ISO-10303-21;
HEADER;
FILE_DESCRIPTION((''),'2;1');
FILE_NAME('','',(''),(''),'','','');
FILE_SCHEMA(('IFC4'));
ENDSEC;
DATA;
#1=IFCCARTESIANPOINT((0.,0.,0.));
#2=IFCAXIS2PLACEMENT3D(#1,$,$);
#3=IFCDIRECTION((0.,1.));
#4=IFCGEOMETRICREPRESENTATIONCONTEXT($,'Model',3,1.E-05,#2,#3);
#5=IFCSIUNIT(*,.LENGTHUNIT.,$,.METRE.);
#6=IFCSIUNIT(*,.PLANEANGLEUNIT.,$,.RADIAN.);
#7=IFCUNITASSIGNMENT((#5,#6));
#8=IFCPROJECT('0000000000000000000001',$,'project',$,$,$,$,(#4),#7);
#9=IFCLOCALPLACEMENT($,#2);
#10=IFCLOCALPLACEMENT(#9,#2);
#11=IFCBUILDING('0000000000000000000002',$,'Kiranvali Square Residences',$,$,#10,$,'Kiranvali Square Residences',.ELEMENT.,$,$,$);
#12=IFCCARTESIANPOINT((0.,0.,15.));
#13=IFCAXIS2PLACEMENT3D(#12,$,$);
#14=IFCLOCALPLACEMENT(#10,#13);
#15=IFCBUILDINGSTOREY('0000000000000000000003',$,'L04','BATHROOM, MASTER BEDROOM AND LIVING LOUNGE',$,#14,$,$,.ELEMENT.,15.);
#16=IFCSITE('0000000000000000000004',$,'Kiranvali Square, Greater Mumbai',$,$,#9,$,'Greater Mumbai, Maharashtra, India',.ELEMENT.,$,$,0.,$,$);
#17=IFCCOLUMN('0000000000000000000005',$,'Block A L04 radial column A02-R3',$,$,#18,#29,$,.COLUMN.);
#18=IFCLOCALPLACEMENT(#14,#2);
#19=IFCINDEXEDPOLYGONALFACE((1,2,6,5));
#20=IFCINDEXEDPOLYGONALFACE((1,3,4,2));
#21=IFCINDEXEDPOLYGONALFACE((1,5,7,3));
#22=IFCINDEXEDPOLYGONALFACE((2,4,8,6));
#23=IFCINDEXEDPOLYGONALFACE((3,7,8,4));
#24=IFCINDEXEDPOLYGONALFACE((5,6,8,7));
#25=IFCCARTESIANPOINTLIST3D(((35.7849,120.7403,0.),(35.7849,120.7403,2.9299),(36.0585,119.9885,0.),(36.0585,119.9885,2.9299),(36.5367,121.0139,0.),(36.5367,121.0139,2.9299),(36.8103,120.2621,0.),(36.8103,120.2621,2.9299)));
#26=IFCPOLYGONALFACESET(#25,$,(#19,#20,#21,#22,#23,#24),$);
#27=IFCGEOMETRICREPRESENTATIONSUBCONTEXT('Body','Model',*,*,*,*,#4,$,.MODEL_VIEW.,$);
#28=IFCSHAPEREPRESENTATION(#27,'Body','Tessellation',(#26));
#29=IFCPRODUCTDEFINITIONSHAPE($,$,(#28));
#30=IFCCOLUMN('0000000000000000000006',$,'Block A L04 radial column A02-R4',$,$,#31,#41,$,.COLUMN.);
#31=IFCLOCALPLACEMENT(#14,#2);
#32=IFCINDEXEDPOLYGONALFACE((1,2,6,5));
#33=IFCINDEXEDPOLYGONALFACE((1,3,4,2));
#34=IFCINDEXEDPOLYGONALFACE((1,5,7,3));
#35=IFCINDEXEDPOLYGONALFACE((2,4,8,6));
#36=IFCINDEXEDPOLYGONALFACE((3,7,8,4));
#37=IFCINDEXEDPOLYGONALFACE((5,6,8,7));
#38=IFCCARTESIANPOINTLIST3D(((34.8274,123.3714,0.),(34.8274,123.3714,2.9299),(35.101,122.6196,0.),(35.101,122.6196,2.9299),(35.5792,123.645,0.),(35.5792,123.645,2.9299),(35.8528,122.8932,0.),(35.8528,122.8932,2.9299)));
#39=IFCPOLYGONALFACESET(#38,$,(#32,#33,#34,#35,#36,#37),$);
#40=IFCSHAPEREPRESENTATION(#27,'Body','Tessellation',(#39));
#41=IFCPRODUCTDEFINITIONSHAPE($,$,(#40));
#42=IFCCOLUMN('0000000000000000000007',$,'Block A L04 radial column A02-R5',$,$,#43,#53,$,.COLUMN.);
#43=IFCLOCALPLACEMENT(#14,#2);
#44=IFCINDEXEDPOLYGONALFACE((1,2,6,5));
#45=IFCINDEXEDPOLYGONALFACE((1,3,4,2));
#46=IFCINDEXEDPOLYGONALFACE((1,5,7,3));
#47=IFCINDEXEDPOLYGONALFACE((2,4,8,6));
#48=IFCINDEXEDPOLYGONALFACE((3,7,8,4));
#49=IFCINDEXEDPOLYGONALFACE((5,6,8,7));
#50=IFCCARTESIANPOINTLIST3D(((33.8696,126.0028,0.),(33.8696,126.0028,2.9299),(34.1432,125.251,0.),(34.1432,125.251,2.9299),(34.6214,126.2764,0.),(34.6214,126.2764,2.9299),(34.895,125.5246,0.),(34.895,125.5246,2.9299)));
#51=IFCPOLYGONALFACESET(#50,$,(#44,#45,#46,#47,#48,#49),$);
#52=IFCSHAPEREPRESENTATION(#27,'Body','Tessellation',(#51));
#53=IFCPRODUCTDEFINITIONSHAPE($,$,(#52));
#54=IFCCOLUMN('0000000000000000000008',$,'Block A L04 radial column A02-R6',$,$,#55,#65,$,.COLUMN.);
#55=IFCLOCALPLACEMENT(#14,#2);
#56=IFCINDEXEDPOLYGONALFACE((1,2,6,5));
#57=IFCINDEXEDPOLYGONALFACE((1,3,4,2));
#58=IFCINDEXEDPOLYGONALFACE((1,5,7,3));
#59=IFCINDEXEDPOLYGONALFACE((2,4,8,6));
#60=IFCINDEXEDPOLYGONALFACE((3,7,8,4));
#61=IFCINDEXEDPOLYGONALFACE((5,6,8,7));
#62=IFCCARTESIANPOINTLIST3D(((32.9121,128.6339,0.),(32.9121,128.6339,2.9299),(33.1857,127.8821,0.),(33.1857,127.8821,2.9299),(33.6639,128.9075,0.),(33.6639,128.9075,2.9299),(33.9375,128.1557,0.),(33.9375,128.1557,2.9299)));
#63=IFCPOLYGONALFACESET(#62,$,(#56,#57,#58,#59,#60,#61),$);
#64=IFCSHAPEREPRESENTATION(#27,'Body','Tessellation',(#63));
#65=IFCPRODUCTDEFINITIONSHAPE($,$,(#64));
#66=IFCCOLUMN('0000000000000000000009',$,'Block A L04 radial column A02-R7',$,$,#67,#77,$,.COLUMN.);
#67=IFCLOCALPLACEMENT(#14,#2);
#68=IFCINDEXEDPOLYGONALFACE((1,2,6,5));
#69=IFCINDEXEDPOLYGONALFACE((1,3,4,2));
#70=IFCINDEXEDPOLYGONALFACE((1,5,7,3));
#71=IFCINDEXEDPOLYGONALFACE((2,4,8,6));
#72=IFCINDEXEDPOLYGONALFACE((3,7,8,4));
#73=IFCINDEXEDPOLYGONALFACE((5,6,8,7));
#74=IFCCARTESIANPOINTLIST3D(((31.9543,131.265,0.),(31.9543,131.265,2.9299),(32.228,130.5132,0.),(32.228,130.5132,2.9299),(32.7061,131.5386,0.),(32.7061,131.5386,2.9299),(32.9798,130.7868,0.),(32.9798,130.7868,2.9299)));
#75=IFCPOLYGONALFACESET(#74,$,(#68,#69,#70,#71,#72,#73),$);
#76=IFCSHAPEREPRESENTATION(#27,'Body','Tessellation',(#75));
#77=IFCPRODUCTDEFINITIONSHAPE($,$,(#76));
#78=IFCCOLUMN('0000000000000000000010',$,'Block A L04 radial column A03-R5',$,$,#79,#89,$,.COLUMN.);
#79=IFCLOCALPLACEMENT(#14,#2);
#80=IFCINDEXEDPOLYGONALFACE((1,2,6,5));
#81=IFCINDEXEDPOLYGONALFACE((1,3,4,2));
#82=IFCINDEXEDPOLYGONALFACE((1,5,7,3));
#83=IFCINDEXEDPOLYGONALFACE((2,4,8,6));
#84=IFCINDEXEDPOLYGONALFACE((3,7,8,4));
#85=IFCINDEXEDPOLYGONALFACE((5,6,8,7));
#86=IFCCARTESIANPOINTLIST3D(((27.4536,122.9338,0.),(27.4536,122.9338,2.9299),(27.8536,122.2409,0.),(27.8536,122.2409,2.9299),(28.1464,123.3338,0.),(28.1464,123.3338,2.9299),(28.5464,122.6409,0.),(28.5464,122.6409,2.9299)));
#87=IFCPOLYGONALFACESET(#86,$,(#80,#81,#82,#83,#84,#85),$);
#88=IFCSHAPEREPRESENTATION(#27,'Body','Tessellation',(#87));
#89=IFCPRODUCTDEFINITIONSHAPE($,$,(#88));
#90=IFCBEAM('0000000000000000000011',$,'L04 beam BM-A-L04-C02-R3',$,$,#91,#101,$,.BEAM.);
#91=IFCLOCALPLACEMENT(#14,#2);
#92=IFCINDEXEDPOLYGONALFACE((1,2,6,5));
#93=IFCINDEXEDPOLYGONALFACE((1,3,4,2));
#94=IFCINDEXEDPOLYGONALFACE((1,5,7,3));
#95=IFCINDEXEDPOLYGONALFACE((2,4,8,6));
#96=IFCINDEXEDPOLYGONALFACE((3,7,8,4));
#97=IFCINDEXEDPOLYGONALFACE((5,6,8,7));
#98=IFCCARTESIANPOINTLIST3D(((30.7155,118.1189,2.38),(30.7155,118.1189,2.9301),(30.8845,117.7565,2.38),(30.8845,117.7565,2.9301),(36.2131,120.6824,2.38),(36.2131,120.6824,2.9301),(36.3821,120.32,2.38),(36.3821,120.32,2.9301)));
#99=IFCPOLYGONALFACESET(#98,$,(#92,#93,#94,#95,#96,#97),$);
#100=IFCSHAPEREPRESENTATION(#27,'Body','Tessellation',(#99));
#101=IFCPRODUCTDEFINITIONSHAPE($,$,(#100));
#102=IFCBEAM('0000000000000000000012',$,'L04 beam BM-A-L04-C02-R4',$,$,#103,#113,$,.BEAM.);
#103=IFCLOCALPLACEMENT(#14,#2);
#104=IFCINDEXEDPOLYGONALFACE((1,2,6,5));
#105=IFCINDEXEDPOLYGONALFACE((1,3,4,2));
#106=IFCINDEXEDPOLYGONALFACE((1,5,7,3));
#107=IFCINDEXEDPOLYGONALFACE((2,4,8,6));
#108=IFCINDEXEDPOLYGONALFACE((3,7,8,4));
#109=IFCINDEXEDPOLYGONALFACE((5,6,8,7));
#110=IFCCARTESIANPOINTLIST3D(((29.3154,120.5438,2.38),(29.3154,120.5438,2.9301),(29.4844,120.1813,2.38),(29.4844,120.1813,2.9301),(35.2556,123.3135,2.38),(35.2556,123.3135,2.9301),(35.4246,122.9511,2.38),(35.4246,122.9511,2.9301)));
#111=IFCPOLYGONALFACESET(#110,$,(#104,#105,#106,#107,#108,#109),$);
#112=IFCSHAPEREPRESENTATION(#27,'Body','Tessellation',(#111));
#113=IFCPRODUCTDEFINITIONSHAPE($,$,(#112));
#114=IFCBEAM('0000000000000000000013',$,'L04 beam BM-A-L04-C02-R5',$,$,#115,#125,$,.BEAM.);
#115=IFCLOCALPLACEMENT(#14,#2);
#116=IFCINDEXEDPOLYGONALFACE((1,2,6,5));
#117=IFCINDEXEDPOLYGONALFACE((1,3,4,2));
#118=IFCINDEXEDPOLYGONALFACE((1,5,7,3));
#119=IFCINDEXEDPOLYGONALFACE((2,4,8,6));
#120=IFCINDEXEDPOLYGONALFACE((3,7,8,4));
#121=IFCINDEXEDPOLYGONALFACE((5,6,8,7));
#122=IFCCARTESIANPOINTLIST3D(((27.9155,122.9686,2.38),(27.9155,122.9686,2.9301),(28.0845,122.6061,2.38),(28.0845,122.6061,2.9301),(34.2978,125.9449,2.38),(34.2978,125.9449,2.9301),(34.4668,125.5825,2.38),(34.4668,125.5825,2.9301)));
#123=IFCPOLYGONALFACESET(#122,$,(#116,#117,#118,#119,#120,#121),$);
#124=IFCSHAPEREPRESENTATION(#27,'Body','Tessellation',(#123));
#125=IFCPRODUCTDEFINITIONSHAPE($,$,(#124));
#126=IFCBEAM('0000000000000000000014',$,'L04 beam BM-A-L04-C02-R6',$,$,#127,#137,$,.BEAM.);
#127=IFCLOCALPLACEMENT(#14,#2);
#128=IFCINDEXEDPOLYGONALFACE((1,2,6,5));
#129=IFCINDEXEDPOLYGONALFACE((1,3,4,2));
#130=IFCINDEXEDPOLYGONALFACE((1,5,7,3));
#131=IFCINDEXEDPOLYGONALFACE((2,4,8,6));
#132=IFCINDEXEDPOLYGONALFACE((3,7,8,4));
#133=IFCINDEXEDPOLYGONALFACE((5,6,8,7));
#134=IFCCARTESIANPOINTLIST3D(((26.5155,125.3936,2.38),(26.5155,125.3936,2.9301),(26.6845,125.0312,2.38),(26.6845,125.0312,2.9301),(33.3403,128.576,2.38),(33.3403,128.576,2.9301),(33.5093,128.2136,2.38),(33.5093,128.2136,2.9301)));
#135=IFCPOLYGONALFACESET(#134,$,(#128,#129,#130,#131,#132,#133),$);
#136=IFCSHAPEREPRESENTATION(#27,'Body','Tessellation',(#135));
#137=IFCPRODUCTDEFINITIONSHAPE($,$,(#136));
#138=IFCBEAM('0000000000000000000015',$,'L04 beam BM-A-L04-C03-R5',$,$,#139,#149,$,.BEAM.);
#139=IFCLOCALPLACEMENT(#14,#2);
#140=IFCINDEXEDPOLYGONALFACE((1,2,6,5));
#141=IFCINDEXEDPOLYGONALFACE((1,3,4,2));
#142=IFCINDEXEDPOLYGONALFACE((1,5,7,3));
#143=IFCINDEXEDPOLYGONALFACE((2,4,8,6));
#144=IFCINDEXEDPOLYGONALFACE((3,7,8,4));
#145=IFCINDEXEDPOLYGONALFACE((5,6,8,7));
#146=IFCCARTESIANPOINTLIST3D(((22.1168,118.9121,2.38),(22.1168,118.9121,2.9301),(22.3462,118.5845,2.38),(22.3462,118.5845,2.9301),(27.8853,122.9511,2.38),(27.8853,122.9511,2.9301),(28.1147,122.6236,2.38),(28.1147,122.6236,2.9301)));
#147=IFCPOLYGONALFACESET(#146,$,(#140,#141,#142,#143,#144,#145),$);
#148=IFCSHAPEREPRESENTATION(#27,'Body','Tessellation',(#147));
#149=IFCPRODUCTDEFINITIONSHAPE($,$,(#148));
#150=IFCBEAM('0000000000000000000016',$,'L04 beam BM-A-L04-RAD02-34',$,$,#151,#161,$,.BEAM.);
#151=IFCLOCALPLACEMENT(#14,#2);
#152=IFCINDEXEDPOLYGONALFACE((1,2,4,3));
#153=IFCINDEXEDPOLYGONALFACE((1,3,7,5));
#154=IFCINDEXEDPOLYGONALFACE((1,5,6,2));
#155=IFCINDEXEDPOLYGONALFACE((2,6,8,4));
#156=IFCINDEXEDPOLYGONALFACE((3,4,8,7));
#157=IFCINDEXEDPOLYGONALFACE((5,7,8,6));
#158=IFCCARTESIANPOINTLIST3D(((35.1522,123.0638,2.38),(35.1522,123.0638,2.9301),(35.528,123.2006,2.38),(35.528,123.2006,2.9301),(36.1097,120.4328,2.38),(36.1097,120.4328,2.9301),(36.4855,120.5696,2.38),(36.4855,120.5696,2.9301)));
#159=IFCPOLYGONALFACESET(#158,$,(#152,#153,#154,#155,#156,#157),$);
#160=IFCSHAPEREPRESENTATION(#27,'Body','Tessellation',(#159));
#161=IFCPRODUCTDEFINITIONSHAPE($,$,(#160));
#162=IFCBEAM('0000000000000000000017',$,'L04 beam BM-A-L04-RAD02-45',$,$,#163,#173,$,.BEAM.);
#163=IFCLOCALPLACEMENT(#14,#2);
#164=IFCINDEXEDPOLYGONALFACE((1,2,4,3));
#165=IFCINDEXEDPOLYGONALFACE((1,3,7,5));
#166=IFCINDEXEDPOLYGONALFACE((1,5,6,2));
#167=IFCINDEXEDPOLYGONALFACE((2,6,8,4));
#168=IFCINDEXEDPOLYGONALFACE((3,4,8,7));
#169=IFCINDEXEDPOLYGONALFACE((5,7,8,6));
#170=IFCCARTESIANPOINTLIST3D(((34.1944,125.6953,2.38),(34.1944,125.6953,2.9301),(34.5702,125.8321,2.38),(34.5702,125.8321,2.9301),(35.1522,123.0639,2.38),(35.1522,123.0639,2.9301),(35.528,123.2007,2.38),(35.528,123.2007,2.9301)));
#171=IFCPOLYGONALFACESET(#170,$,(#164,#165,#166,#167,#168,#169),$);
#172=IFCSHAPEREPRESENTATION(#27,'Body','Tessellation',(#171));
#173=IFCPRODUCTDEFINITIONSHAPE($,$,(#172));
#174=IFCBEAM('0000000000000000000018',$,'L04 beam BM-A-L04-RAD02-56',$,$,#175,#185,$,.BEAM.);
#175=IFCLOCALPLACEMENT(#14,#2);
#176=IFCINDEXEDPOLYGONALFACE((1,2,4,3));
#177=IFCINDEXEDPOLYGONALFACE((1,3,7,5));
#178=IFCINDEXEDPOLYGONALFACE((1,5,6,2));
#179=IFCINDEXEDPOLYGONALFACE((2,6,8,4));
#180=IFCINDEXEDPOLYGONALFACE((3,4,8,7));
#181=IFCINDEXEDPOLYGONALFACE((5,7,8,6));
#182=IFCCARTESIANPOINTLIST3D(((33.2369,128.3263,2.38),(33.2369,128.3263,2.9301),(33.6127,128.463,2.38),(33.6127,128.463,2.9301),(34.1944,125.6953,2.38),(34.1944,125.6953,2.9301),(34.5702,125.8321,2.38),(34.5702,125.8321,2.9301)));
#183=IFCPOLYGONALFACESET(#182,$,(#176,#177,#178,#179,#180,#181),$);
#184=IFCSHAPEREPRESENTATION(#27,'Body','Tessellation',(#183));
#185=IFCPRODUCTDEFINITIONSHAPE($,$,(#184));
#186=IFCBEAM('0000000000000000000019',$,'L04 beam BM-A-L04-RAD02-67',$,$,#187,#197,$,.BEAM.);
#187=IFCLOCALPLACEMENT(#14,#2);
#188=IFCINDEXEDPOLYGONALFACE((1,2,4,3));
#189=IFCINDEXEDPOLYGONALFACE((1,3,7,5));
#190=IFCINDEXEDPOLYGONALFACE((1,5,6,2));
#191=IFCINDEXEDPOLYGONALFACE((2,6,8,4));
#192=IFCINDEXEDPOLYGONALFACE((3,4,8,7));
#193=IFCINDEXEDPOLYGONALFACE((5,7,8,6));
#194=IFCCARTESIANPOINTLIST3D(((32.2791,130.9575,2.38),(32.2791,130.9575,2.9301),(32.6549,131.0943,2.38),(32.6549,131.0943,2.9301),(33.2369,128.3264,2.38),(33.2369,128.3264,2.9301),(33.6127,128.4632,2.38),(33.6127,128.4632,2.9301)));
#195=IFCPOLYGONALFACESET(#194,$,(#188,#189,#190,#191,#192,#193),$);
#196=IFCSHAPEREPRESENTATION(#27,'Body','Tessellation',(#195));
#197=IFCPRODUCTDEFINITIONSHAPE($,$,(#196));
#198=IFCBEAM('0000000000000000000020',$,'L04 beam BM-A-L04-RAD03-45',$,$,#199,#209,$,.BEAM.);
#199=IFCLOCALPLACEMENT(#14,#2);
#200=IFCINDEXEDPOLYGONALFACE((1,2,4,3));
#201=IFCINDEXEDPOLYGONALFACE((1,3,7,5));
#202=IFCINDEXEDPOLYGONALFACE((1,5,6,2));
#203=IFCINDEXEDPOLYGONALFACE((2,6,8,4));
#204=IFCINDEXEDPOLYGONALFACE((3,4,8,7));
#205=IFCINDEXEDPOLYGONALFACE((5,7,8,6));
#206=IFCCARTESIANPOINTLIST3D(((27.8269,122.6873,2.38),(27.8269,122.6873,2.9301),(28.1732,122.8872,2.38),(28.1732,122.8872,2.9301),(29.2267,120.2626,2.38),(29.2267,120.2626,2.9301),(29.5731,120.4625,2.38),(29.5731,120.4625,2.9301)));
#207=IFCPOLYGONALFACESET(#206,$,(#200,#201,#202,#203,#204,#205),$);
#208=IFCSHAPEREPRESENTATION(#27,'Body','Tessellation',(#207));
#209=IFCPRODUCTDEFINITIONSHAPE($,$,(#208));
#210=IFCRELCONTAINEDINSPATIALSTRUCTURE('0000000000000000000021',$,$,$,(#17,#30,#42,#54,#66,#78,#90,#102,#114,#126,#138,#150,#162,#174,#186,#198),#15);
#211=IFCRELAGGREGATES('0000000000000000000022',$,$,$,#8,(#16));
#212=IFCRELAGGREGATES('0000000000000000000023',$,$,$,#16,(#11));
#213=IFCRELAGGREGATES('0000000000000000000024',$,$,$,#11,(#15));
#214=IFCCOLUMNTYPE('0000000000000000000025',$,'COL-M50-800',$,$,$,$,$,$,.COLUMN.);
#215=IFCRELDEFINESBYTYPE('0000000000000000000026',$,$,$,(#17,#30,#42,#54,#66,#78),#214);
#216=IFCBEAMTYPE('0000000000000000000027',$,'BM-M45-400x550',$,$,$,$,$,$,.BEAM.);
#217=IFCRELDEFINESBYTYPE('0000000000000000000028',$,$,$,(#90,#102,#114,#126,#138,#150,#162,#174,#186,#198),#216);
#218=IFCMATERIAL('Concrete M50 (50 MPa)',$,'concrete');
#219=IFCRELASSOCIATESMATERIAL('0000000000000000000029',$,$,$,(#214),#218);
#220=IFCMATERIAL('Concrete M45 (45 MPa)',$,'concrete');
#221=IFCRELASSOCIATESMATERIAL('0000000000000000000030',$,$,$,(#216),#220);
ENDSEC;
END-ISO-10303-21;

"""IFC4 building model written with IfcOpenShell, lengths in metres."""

from ifc_helpers import new_model, si_unit, direction, frame, origin, origin_2d, place, context, subcontext, project, spatial, rectangle, extrude, material, material_profile, profile_set, type_object, element, save


model = new_model("IFC4")

# Units and contexts
model_context = context("Model", 3, precision=1e-05, world=origin(), true_north=direction((0.0, 1.0)))
body_context = subcontext(model_context, "Body", "Model", "MODEL_VIEW")
ifc_project = project(units=[si_unit("LENGTHUNIT", "METRE"), si_unit("PLANEANGLEUNIT", "RADIAN")], contexts=[model_context])

# Site, building, storey
site_placement = place(None, origin())
site = spatial("IfcSite", under=ifc_project, at=site_placement, Name="Kiranvali Square, Greater Mumbai", LongName="Greater Mumbai, Maharashtra, India", CompositionType="ELEMENT", RefElevation=0.0)
building_placement = place(site_placement, origin())
building = spatial("IfcBuilding", under=site, at=building_placement, Name="Kiranvali Square Residences", LongName="Kiranvali Square Residences", CompositionType="ELEMENT")
storey_placement = place(building_placement, frame((0.0, 0.0, 15.0)))
storey = spatial("IfcBuildingStorey", under=building, at=storey_placement, Name="L04", Description="BATHROOM, MASTER BEDROOM AND LIVING LOUNGE", CompositionType="ELEMENT", Elevation=15.0)

# Columns
ifc_material_1 = material(Name="Concrete M50 (50 MPa)", Category="concrete")
ifc_material_profile_1 = material_profile(ifc_material_1, rectangle(XDim=0.8, YDim=0.8, at=origin_2d()), Name="RC 800x800")
ifc_profile_set_1 = profile_set([ifc_material_profile_1], Name="Concrete M50 (50 MPa)")
column_type = type_object("IfcColumnType", Name="COL-M50-800", PredefinedType="COLUMN", material=ifc_profile_set_1)
for number, where, z_axis, x_axis, name in (
    (1, (36.2976, 120.5012, 0.0), (0.0, 0.0, 1.0), (0.939693, 0.34202, 0.0), "Block A L04 radial column A02-R3"),
    (2, (35.3401, 123.1323, 0.0), (0.0, 0.0, 1.0), (0.939693, 0.34202, 0.0), "Block A L04 radial column A02-R4"),
    (3, (34.3823, 125.7637, 0.0), (0.0, 0.0, 1.0), (0.939693, 0.34202, 0.0), "Block A L04 radial column A02-R5"),
    (4, (33.4248, 128.3948, 0.0), (0.0, 0.0, 1.0), (0.939693, 0.34202, 0.0), "Block A L04 radial column A02-R6"),
    (5, (32.467, 131.0259, 0.0), (0.0, 0.0, 1.0), (0.939693, 0.34202, 0.0), "Block A L04 radial column A02-R7"),
    (6, (28.0, 122.7874, 0.0), (0.0, 0.0, 1.0), (0.866025, 0.5, 0.0), "Block A L04 radial column A03-R5"),
):
    element("IfcColumn", number, at=place(storey_placement, frame(where, z_axis=z_axis, x_axis=x_axis)), inside=storey, type_object=column_type, Name=name, PredefinedType="COLUMN", context=body_context, shape_type="SweptSolid", body=[
        extrude(rectangle(XDim=0.8, YDim=0.8, at=origin_2d()), origin(), (0.0, 0.0, 1.0), 2.9299),
    ])

# Beams
ifc_material_2 = material(Name="Concrete M45 (45 MPa)", Category="concrete")
ifc_material_profile_2 = material_profile(ifc_material_2, rectangle(XDim=0.3999, YDim=0.55, at=origin_2d()), Name="RC 400x550")
ifc_profile_set_2 = profile_set([ifc_material_profile_2], Name="Concrete M45 (45 MPa)")
beam_type_1 = type_object("IfcBeamType", Name="BM-M45-400x550", PredefinedType="BEAM", material=ifc_profile_set_2)
beam_1_placement = place(storey_placement, frame((36.2976, 120.5012, 2.655), z_axis=(-0.906313, -0.422608, 0.0), x_axis=(0.422608, -0.906313, 0.0)))
element("IfcBeam", 7, at=beam_1_placement, inside=storey, type_object=beam_type_1, Name="L04 beam BM-A-L04-C02-R3", PredefinedType="BEAM", context=body_context, shape_type="SweptSolid", body=[
    extrude(rectangle(XDim=0.3999, YDim=0.55, at=origin_2d()), origin(), (0.0, 0.0, 1.0), 6.0659),
])
beam_2_placement = place(storey_placement, frame((35.3401, 123.1323, 2.655), z_axis=(-0.906318, -0.422596, 0.0), x_axis=(0.422596, -0.906318, 0.0)))
element("IfcBeam", 8, at=beam_2_placement, inside=storey, type_object=beam_type_1, Name="L04 beam BM-A-L04-C02-R4", PredefinedType="BEAM", context=body_context, shape_type="SweptSolid", body=[
    extrude(rectangle(XDim=0.3999, YDim=0.55, at=origin_2d()), origin(), (0.0, 0.0, 1.0), 6.5542),
])
beam_3_placement = place(storey_placement, frame((34.3823, 125.7637, 2.655), z_axis=(-0.906297, -0.422641, 0.0), x_axis=(0.422641, -0.906297, 0.0)))
element("IfcBeam", 9, at=beam_3_placement, inside=storey, type_object=beam_type_1, Name="L04 beam BM-A-L04-C02-R5", PredefinedType="BEAM", context=body_context, shape_type="SweptSolid", body=[
    extrude(rectangle(XDim=0.3999, YDim=0.55, at=origin_2d()), origin(), (0.0, 0.0, 1.0), 7.0422),
])
beam_4_placement = place(storey_placement, frame((33.4248, 128.3948, 2.655), z_axis=(-0.90631, -0.422614, 0.0), x_axis=(0.422614, -0.90631, 0.0)))
element("IfcBeam", 10, at=beam_4_placement, inside=storey, type_object=beam_type_1, Name="L04 beam BM-A-L04-C02-R6", PredefinedType="BEAM", context=body_context, shape_type="SweptSolid", body=[
    extrude(rectangle(XDim=0.3999, YDim=0.55, at=origin_2d()), origin(), (0.0, 0.0, 1.0), 7.5303),
])
beam_5_placement = place(storey_placement, frame((28.0, 122.7874, 2.655), z_axis=(-0.81916, -0.573565, 0.0), x_axis=(0.573565, -0.81916, 0.0)))
element("IfcBeam", 11, at=beam_5_placement, inside=storey, type_object=beam_type_1, Name="L04 beam BM-A-L04-C03-R5", PredefinedType="BEAM", context=body_context, shape_type="SweptSolid", body=[
    extrude(rectangle(XDim=0.3999, YDim=0.55, at=origin_2d()), origin(), (0.0, 0.0, 1.0), 7.042),
])
beam_6_placement = place(storey_placement, frame((36.2976, 120.5012, 2.655), z_axis=(-0.341981, 0.939707, 0.0), x_axis=(-0.939707, -0.341981, 0.0)))
element("IfcBeam", 12, at=beam_6_placement, inside=storey, type_object=beam_type_1, Name="L04 beam BM-A-L04-RAD02-34", PredefinedType="BEAM", context=body_context, shape_type="SweptSolid", body=[
    extrude(rectangle(XDim=0.3999, YDim=0.55, at=origin_2d()), origin(), (0.0, 0.0, 1.0), 2.7998),
])
beam_7_placement = place(storey_placement, frame((35.3401, 123.1323, 2.655), z_axis=(-0.34203, 0.939689, 0.0), x_axis=(-0.939689, -0.34203, 0.0)))
element("IfcBeam", 13, at=beam_7_placement, inside=storey, type_object=beam_type_1, Name="L04 beam BM-A-L04-RAD02-45", PredefinedType="BEAM", context=body_context, shape_type="SweptSolid", body=[
    extrude(rectangle(XDim=0.3999, YDim=0.55, at=origin_2d()), origin(), (0.0, 0.0, 1.0), 2.8003),
])
beam_8_placement = place(storey_placement, frame((34.3823, 125.7637, 2.655), z_axis=(-0.341981, 0.939707, 0.0), x_axis=(-0.939707, -0.341981, 0.0)))
element("IfcBeam", 14, at=beam_8_placement, inside=storey, type_object=beam_type_1, Name="L04 beam BM-A-L04-RAD02-56", PredefinedType="BEAM", context=body_context, shape_type="SweptSolid", body=[
    extrude(rectangle(XDim=0.3999, YDim=0.55, at=origin_2d()), origin(), (0.0, 0.0, 1.0), 2.7998),
])
beam_9_placement = place(storey_placement, frame((33.4248, 128.3948, 2.655), z_axis=(-0.342058, 0.939679, 0.0), x_axis=(-0.939679, -0.342058, 0.0)))
element("IfcBeam", 15, at=beam_9_placement, inside=storey, type_object=beam_type_1, Name="L04 beam BM-A-L04-RAD02-67", PredefinedType="BEAM", context=body_context, shape_type="SweptSolid", body=[
    extrude(rectangle(XDim=0.3999, YDim=0.55, at=origin_2d()), origin(), (0.0, 0.0, 1.0), 2.8),
])
beam_10_placement = place(storey_placement, frame((29.3999, 120.3625, 2.655), z_axis=(-0.499984, 0.866035, 0.0), x_axis=(-0.866035, -0.499984, 0.0)))
element("IfcBeam", 16, at=beam_10_placement, inside=storey, type_object=beam_type_1, Name="L04 beam BM-A-L04-RAD03-45", PredefinedType="BEAM", context=body_context, shape_type="SweptSolid", body=[
    extrude(rectangle(XDim=0.3999, YDim=0.55, at=origin_2d()), origin(), (0.0, 0.0, 1.0), 2.7998),
])

save(model, "model.ifc")
